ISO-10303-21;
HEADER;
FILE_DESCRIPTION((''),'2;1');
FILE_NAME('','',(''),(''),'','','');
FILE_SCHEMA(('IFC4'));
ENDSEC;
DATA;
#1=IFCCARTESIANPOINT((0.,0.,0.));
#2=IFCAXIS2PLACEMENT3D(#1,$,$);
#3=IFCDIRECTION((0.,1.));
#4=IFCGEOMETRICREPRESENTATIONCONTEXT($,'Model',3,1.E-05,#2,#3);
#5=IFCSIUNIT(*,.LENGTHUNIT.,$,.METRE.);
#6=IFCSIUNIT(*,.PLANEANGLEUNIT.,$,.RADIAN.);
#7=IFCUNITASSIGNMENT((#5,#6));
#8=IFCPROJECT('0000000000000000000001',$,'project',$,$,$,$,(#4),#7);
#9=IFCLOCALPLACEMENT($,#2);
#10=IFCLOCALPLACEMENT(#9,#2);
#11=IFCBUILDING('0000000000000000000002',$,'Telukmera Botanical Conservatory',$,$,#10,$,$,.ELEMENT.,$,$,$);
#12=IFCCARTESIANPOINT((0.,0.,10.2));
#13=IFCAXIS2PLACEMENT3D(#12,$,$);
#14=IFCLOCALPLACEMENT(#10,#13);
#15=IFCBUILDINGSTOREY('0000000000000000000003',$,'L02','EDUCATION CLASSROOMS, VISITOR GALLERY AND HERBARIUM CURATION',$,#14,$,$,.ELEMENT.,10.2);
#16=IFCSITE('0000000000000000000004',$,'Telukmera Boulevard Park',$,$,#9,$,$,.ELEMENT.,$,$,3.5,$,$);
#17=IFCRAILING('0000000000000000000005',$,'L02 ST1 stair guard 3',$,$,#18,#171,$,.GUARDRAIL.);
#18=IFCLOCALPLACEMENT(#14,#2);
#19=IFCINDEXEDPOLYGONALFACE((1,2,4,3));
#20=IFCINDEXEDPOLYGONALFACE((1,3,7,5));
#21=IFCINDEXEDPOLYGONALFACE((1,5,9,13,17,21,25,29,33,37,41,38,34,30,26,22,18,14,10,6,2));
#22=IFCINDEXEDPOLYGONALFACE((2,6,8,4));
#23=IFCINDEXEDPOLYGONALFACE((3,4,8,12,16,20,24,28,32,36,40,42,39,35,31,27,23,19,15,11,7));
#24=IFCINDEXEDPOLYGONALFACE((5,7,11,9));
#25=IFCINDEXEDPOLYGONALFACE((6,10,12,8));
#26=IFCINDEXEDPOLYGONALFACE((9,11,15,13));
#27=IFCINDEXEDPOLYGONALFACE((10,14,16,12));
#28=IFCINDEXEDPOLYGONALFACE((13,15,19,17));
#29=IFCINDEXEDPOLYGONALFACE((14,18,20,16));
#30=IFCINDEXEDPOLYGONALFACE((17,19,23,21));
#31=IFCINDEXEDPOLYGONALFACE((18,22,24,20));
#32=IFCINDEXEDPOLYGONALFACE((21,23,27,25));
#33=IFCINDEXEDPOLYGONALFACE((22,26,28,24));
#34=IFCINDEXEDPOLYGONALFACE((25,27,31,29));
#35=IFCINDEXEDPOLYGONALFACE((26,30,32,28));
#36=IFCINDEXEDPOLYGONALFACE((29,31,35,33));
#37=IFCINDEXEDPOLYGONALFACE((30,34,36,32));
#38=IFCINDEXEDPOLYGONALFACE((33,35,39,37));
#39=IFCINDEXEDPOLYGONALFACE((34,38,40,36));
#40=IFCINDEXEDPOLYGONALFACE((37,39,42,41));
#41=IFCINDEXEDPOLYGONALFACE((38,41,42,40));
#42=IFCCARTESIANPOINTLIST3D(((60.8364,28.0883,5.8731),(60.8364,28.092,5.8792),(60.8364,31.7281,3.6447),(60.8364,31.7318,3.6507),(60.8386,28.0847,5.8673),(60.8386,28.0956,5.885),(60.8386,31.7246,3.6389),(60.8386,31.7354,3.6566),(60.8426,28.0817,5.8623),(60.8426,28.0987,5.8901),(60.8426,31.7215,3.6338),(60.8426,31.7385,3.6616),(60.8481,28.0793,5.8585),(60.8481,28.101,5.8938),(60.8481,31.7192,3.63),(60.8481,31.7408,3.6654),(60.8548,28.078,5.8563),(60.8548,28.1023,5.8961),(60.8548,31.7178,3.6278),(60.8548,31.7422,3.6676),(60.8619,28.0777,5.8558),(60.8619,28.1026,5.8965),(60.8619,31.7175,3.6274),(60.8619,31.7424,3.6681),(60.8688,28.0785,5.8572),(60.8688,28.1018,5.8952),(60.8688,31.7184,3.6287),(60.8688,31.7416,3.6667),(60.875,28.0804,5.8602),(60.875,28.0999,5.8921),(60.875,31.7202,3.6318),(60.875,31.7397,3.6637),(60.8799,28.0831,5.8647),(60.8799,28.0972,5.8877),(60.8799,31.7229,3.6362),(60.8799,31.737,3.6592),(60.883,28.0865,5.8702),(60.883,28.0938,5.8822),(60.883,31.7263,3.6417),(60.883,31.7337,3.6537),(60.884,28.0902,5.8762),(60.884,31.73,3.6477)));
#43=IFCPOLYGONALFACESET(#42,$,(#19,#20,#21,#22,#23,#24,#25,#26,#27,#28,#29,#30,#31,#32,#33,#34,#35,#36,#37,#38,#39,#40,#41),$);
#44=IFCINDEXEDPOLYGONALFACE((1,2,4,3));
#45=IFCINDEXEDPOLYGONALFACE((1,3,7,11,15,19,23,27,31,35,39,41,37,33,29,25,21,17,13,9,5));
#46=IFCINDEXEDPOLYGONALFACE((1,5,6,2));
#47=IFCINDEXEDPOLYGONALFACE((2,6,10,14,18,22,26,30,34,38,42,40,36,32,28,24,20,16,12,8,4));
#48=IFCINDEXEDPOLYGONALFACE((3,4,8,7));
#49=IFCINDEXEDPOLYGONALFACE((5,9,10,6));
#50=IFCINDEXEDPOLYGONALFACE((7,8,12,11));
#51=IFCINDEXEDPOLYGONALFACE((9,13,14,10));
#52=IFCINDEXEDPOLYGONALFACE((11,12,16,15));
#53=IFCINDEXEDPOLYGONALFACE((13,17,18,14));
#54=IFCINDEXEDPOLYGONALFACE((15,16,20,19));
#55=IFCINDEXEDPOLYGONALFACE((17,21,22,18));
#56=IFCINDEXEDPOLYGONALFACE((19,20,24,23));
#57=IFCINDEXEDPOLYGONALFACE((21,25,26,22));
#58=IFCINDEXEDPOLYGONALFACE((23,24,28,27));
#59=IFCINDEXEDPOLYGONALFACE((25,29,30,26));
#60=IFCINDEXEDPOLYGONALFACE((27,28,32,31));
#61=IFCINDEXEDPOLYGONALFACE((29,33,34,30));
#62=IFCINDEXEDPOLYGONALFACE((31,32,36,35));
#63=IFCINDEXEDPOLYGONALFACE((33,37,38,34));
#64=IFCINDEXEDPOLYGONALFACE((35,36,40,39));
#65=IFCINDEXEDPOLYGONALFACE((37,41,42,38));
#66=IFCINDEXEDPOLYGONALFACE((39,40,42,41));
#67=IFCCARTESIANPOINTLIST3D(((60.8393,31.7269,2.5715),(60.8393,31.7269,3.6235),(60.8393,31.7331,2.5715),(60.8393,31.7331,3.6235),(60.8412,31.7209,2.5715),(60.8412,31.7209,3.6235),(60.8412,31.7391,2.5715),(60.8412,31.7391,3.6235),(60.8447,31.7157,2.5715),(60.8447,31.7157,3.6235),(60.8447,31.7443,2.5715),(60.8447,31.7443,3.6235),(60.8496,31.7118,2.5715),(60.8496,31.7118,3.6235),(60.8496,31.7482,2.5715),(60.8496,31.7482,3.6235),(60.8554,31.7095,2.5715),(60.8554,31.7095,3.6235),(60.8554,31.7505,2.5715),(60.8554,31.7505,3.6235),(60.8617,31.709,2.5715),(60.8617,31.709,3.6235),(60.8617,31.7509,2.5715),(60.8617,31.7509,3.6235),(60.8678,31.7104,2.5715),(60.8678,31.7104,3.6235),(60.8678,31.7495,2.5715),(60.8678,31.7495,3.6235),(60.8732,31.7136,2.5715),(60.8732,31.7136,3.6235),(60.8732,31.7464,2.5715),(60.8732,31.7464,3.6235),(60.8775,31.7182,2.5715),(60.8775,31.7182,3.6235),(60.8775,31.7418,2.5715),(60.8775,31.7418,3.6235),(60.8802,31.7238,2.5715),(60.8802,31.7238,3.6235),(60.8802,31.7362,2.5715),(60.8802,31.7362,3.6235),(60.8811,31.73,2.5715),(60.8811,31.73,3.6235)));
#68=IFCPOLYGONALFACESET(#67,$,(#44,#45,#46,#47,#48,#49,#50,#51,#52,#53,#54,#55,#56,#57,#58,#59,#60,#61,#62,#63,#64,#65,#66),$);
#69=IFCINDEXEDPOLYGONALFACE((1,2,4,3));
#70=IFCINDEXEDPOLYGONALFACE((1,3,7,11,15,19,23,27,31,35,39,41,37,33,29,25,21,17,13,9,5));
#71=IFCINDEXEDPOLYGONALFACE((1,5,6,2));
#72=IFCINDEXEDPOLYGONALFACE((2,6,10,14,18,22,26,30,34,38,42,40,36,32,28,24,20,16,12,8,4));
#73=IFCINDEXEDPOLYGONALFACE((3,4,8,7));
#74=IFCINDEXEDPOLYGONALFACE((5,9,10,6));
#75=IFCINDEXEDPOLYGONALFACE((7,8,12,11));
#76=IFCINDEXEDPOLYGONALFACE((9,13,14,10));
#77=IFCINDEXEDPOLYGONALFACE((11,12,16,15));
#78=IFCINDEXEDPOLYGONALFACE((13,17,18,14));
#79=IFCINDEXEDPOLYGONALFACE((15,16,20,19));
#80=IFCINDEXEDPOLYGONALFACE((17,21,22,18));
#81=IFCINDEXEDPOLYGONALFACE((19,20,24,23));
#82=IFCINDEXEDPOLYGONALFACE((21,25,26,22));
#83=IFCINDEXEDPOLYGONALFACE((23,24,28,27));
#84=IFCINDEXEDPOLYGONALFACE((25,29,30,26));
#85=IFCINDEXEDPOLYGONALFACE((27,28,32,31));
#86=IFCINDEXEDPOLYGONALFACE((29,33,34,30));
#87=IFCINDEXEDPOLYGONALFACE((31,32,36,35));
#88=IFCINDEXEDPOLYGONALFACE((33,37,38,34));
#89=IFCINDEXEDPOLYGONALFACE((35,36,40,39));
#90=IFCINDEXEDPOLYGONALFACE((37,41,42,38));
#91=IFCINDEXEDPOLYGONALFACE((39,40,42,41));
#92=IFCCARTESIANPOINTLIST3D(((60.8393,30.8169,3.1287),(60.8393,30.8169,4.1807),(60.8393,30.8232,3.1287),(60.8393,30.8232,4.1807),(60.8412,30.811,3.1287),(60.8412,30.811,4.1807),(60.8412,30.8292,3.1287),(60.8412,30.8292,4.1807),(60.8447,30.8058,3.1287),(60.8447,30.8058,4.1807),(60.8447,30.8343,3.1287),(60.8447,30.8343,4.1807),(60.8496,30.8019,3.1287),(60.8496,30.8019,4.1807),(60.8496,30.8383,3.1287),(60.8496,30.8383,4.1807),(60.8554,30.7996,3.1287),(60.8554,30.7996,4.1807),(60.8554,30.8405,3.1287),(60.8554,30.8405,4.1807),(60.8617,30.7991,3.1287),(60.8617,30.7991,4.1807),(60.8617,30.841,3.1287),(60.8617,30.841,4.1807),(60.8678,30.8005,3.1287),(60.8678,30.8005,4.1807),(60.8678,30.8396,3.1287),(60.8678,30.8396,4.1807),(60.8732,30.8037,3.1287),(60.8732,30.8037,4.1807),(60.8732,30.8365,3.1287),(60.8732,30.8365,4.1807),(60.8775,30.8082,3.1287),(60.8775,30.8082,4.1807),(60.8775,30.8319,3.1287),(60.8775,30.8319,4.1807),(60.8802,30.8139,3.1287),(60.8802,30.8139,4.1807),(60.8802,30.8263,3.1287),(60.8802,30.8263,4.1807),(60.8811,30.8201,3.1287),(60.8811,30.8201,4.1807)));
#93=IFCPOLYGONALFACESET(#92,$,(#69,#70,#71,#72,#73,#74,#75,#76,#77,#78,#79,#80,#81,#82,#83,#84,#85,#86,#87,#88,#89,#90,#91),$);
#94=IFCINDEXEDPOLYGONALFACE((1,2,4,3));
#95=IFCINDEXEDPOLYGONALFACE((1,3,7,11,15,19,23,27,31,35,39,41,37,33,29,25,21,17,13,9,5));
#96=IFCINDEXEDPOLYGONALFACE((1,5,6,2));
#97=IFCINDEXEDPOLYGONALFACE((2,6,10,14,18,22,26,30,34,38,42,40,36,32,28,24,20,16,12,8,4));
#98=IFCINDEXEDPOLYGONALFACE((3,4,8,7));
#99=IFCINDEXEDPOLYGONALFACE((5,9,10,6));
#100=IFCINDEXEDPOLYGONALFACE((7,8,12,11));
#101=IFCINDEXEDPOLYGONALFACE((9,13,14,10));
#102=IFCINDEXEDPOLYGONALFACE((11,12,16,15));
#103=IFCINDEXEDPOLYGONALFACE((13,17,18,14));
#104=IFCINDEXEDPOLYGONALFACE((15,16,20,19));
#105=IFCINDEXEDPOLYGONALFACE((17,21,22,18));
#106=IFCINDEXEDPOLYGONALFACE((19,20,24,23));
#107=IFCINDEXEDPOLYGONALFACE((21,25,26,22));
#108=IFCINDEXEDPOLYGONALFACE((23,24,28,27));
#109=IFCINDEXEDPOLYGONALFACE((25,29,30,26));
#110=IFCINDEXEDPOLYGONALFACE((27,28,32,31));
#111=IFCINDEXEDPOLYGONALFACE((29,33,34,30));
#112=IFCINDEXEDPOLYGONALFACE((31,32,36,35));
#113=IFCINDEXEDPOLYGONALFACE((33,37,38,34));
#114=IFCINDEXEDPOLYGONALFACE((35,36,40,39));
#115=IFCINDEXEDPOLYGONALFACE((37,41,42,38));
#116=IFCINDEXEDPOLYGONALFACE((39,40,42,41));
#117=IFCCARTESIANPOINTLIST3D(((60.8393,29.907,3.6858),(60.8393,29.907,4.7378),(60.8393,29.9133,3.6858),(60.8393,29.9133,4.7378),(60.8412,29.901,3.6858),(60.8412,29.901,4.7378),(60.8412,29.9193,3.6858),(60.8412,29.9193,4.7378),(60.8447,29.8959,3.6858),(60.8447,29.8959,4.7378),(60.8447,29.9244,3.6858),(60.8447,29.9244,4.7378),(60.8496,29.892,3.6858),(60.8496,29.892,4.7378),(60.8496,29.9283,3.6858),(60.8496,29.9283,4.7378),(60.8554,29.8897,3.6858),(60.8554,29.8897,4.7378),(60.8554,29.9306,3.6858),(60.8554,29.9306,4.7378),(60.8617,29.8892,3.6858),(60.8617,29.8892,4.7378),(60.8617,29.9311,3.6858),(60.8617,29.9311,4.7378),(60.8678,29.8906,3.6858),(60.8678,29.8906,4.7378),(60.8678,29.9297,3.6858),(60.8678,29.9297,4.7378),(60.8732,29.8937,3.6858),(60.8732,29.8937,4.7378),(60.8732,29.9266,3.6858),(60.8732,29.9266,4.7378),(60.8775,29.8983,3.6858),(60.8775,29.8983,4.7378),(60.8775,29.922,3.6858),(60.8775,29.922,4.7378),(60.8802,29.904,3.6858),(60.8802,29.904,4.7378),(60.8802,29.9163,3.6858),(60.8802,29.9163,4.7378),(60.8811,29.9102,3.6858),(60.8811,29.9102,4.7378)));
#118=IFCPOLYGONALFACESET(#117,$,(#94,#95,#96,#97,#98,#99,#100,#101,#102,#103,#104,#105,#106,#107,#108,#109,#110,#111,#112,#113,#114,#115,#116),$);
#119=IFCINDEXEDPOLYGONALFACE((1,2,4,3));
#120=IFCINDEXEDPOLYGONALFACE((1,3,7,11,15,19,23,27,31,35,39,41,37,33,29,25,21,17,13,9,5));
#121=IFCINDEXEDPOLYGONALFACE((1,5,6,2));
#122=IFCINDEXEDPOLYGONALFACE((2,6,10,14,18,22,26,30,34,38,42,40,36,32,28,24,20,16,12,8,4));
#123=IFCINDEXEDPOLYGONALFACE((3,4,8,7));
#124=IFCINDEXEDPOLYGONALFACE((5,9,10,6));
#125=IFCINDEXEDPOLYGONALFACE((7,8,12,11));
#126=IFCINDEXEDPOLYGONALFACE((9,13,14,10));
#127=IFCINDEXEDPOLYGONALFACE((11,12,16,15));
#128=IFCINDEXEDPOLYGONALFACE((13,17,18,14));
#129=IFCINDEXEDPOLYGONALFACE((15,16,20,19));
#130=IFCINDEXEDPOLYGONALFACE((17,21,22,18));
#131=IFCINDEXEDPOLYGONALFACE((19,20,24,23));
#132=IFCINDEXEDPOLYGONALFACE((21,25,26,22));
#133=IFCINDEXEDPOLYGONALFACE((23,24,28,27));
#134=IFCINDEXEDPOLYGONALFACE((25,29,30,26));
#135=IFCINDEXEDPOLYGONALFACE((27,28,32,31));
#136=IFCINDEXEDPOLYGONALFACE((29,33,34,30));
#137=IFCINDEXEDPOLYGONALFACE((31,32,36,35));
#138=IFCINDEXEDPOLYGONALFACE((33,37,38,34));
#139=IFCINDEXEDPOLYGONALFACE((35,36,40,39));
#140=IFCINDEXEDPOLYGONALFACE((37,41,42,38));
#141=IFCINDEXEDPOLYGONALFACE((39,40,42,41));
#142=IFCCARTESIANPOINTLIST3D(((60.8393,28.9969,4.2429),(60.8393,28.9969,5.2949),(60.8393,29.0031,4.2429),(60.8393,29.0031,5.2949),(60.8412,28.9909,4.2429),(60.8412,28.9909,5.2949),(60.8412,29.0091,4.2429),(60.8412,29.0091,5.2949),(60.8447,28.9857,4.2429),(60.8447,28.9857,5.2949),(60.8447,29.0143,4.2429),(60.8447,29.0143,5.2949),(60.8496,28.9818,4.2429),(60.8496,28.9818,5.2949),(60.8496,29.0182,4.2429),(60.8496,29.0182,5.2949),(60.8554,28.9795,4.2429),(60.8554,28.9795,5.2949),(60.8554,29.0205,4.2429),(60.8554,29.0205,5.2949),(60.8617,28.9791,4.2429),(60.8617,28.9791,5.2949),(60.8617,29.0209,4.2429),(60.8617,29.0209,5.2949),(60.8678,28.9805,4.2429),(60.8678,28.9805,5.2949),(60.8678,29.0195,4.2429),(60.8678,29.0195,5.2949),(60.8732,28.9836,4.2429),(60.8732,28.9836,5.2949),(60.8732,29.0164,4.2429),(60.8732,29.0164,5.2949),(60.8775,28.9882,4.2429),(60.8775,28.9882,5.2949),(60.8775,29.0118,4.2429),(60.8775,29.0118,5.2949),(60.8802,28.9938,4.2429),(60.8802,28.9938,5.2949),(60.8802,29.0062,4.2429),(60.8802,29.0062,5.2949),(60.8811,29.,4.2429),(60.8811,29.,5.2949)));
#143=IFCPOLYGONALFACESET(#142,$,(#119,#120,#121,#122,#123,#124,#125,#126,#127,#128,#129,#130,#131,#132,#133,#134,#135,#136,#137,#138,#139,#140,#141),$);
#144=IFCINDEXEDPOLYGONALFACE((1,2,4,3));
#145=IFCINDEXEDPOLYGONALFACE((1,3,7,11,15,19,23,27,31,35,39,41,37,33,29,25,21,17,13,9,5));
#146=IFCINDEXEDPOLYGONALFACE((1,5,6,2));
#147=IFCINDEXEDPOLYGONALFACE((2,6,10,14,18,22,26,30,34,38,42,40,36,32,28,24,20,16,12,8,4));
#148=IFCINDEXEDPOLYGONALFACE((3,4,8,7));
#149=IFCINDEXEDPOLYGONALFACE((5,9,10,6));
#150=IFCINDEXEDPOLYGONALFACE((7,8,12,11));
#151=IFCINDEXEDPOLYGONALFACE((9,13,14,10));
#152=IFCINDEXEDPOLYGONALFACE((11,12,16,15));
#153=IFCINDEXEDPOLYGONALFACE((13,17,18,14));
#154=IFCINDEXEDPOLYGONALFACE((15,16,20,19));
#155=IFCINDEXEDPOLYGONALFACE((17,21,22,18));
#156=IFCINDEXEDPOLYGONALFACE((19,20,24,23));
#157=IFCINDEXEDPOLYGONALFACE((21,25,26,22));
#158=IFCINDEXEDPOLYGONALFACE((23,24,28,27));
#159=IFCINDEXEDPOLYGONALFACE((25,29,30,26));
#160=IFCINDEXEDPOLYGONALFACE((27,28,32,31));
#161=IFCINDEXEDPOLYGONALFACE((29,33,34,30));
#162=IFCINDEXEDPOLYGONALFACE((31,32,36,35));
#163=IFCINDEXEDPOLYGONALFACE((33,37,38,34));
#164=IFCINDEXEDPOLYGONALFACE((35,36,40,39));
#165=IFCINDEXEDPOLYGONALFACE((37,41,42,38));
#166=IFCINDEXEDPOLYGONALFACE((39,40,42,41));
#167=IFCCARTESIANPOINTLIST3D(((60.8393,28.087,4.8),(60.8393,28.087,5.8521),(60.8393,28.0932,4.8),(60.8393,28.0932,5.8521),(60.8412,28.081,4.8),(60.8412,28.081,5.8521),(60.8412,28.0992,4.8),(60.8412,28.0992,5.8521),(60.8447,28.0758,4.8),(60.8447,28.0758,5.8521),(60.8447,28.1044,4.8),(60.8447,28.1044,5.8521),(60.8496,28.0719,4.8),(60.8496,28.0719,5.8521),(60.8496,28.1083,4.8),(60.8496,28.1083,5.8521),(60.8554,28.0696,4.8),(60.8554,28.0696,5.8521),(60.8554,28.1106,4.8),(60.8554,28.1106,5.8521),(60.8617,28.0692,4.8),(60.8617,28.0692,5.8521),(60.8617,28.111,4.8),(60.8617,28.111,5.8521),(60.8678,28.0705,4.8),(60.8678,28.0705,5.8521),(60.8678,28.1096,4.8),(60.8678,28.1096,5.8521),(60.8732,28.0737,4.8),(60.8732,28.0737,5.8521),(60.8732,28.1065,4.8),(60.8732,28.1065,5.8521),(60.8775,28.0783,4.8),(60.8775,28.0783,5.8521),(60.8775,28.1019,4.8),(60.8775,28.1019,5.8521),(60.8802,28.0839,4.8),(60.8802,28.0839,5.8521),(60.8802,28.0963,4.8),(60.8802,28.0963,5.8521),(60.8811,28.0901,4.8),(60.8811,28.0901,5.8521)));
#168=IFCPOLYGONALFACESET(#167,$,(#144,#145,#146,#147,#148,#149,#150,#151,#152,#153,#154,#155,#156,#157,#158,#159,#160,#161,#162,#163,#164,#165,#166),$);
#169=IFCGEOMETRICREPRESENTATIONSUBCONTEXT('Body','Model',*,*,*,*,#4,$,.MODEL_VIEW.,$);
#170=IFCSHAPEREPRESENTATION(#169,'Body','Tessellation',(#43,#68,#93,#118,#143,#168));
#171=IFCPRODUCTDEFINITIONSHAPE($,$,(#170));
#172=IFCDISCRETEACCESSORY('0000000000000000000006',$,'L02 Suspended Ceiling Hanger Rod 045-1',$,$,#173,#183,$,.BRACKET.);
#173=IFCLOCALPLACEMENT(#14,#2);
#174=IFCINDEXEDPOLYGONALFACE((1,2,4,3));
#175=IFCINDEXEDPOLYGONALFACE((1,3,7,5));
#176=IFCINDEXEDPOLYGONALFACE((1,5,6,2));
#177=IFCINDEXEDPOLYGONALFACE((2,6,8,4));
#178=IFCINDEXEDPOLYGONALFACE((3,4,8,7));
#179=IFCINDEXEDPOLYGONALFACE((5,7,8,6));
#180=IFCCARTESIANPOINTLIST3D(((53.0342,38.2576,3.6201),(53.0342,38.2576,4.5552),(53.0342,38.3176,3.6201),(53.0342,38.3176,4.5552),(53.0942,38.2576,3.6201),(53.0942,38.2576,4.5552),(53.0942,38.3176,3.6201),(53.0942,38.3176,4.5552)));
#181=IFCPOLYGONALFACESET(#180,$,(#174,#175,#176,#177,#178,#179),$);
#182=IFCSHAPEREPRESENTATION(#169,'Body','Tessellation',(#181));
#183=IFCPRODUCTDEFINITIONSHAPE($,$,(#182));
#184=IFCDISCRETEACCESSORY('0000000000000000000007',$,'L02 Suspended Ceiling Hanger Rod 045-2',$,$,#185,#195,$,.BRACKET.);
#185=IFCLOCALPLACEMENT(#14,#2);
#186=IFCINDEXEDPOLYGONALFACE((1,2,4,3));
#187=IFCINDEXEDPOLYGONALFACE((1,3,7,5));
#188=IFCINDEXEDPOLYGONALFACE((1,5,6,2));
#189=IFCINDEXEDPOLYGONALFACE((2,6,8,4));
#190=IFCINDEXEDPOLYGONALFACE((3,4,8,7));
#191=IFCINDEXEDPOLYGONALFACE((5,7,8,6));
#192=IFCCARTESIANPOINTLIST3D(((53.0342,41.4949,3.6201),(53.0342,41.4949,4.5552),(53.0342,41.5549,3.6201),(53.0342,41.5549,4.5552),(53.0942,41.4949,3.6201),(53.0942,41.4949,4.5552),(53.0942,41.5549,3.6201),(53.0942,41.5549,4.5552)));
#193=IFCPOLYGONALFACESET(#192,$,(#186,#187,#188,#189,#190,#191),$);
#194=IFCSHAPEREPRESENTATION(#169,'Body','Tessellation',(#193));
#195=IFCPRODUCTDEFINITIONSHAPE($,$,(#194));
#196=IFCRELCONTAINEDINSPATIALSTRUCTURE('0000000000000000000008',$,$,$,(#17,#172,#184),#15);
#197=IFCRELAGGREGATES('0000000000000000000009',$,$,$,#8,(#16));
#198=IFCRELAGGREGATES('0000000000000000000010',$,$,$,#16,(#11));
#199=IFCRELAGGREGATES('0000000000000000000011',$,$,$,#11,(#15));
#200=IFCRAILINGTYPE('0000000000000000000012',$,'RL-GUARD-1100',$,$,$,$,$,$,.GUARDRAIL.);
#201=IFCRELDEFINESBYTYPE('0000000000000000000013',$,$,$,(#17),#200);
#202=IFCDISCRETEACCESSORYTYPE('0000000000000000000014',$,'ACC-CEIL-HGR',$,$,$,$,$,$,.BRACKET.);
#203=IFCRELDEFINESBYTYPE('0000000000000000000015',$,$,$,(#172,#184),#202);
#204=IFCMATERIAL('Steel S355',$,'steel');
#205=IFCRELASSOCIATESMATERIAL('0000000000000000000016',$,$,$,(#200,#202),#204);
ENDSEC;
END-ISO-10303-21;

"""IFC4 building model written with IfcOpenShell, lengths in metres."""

from ifc_helpers import new_model, si_unit, direction, frame, origin, origin_2d, place, context, subcontext, project, spatial, rectangle, circle, extrude, material, type_object, element, save


model = new_model("IFC4")

# Units and contexts
model_context = context("Model", 3, precision=1e-05, world=origin(), true_north=direction((0.0, 1.0)))
body_context = subcontext(model_context, "Body", "Model", "MODEL_VIEW")
ifc_project = project(units=[si_unit("LENGTHUNIT", "METRE"), si_unit("PLANEANGLEUNIT", "RADIAN")], contexts=[model_context])

# Site, building, storey
site_placement = place(None, origin())
site = spatial("IfcSite", under=ifc_project, at=site_placement, Name="Telukmera Boulevard Park", CompositionType="ELEMENT", RefElevation=3.5)
building_placement = place(site_placement, origin())
building = spatial("IfcBuilding", under=site, at=building_placement, Name="Telukmera Botanical Conservatory", CompositionType="ELEMENT")
storey_placement = place(building_placement, frame((0.0, 0.0, 10.2)))
storey = spatial("IfcBuildingStorey", under=building, at=storey_placement, Name="L02", Description="EDUCATION CLASSROOMS, VISITOR GALLERY AND HERBARIUM CURATION", CompositionType="ELEMENT", Elevation=10.2)

# Railing
ifc_material_1 = material(Name="Steel S355", Category="steel")
railing_type = type_object("IfcRailingType", Name="RL-GUARD-1100", PredefinedType="GUARDRAIL", material=ifc_material_1)
railing_1_placement = place(storey_placement, frame((60.8601, 31.73, 2.5715)))
element("IfcRailing", 1, at=railing_1_placement, inside=storey, type_object=railing_type, Name="L02 ST1 stair guard 3", PredefinedType="GUARDRAIL", context=body_context, shape_type="SweptSolid", body=[
    extrude(circle(Radius=0.0239, at=origin_2d()), frame((0.0, 0.0, 1.0762), z_axis=(0.0, -0.85285, 0.522156), x_axis=(1.0, 0.0, 0.0)), (0.0, 0.0, 1.0), 4.2678),
    extrude(circle(Radius=0.021, at=origin_2d()), origin(), (0.0, 0.0, 1.0), 1.052),
    extrude(circle(Radius=0.021, at=origin_2d()), frame((0.0, -0.9099, 0.5571)), (0.0, 0.0, 1.0), 1.052),
    extrude(circle(Radius=0.021, at=origin_2d()), frame((0.0, -1.8198, 1.1143)), (0.0, 0.0, 1.0), 1.052),
    extrude(circle(Radius=0.021, at=origin_2d()), frame((0.0, -2.73, 1.6714)), (0.0, 0.0, 1.0), 1.052),
    extrude(circle(Radius=0.021, at=origin_2d()), frame((0.0, -3.6399, 2.2285)), (0.0, 0.0, 1.0), 1.052),
])

# Discrete accessories
discrete_accessory_type = type_object("IfcDiscreteAccessoryType", Name="ACC-CEIL-HGR", PredefinedType="BRACKET", material=ifc_material_1)
for number, where, z_axis, x_axis, name in (
    (2, (53.0642, 38.2876, 3.6201), (0.0, 0.0, 1.0), (1.0, 0.0, 0.0), "L02 Suspended Ceiling Hanger Rod 045-1"),
    (3, (53.0642, 41.5249, 3.6201), (0.0, 0.0, 1.0), (1.0, 0.0, 0.0), "L02 Suspended Ceiling Hanger Rod 045-2"),
):
    element("IfcDiscreteAccessory", number, at=place(storey_placement, frame(where, z_axis=z_axis, x_axis=x_axis)), inside=storey, type_object=discrete_accessory_type, Name=name, PredefinedType="BRACKET", context=body_context, shape_type="SweptSolid", body=[
        extrude(rectangle(XDim=0.0601, YDim=0.0601, at=origin_2d()), origin(), (0.0, 0.0, 1.0), 0.9351),
    ])

save(model, "model.ifc")
